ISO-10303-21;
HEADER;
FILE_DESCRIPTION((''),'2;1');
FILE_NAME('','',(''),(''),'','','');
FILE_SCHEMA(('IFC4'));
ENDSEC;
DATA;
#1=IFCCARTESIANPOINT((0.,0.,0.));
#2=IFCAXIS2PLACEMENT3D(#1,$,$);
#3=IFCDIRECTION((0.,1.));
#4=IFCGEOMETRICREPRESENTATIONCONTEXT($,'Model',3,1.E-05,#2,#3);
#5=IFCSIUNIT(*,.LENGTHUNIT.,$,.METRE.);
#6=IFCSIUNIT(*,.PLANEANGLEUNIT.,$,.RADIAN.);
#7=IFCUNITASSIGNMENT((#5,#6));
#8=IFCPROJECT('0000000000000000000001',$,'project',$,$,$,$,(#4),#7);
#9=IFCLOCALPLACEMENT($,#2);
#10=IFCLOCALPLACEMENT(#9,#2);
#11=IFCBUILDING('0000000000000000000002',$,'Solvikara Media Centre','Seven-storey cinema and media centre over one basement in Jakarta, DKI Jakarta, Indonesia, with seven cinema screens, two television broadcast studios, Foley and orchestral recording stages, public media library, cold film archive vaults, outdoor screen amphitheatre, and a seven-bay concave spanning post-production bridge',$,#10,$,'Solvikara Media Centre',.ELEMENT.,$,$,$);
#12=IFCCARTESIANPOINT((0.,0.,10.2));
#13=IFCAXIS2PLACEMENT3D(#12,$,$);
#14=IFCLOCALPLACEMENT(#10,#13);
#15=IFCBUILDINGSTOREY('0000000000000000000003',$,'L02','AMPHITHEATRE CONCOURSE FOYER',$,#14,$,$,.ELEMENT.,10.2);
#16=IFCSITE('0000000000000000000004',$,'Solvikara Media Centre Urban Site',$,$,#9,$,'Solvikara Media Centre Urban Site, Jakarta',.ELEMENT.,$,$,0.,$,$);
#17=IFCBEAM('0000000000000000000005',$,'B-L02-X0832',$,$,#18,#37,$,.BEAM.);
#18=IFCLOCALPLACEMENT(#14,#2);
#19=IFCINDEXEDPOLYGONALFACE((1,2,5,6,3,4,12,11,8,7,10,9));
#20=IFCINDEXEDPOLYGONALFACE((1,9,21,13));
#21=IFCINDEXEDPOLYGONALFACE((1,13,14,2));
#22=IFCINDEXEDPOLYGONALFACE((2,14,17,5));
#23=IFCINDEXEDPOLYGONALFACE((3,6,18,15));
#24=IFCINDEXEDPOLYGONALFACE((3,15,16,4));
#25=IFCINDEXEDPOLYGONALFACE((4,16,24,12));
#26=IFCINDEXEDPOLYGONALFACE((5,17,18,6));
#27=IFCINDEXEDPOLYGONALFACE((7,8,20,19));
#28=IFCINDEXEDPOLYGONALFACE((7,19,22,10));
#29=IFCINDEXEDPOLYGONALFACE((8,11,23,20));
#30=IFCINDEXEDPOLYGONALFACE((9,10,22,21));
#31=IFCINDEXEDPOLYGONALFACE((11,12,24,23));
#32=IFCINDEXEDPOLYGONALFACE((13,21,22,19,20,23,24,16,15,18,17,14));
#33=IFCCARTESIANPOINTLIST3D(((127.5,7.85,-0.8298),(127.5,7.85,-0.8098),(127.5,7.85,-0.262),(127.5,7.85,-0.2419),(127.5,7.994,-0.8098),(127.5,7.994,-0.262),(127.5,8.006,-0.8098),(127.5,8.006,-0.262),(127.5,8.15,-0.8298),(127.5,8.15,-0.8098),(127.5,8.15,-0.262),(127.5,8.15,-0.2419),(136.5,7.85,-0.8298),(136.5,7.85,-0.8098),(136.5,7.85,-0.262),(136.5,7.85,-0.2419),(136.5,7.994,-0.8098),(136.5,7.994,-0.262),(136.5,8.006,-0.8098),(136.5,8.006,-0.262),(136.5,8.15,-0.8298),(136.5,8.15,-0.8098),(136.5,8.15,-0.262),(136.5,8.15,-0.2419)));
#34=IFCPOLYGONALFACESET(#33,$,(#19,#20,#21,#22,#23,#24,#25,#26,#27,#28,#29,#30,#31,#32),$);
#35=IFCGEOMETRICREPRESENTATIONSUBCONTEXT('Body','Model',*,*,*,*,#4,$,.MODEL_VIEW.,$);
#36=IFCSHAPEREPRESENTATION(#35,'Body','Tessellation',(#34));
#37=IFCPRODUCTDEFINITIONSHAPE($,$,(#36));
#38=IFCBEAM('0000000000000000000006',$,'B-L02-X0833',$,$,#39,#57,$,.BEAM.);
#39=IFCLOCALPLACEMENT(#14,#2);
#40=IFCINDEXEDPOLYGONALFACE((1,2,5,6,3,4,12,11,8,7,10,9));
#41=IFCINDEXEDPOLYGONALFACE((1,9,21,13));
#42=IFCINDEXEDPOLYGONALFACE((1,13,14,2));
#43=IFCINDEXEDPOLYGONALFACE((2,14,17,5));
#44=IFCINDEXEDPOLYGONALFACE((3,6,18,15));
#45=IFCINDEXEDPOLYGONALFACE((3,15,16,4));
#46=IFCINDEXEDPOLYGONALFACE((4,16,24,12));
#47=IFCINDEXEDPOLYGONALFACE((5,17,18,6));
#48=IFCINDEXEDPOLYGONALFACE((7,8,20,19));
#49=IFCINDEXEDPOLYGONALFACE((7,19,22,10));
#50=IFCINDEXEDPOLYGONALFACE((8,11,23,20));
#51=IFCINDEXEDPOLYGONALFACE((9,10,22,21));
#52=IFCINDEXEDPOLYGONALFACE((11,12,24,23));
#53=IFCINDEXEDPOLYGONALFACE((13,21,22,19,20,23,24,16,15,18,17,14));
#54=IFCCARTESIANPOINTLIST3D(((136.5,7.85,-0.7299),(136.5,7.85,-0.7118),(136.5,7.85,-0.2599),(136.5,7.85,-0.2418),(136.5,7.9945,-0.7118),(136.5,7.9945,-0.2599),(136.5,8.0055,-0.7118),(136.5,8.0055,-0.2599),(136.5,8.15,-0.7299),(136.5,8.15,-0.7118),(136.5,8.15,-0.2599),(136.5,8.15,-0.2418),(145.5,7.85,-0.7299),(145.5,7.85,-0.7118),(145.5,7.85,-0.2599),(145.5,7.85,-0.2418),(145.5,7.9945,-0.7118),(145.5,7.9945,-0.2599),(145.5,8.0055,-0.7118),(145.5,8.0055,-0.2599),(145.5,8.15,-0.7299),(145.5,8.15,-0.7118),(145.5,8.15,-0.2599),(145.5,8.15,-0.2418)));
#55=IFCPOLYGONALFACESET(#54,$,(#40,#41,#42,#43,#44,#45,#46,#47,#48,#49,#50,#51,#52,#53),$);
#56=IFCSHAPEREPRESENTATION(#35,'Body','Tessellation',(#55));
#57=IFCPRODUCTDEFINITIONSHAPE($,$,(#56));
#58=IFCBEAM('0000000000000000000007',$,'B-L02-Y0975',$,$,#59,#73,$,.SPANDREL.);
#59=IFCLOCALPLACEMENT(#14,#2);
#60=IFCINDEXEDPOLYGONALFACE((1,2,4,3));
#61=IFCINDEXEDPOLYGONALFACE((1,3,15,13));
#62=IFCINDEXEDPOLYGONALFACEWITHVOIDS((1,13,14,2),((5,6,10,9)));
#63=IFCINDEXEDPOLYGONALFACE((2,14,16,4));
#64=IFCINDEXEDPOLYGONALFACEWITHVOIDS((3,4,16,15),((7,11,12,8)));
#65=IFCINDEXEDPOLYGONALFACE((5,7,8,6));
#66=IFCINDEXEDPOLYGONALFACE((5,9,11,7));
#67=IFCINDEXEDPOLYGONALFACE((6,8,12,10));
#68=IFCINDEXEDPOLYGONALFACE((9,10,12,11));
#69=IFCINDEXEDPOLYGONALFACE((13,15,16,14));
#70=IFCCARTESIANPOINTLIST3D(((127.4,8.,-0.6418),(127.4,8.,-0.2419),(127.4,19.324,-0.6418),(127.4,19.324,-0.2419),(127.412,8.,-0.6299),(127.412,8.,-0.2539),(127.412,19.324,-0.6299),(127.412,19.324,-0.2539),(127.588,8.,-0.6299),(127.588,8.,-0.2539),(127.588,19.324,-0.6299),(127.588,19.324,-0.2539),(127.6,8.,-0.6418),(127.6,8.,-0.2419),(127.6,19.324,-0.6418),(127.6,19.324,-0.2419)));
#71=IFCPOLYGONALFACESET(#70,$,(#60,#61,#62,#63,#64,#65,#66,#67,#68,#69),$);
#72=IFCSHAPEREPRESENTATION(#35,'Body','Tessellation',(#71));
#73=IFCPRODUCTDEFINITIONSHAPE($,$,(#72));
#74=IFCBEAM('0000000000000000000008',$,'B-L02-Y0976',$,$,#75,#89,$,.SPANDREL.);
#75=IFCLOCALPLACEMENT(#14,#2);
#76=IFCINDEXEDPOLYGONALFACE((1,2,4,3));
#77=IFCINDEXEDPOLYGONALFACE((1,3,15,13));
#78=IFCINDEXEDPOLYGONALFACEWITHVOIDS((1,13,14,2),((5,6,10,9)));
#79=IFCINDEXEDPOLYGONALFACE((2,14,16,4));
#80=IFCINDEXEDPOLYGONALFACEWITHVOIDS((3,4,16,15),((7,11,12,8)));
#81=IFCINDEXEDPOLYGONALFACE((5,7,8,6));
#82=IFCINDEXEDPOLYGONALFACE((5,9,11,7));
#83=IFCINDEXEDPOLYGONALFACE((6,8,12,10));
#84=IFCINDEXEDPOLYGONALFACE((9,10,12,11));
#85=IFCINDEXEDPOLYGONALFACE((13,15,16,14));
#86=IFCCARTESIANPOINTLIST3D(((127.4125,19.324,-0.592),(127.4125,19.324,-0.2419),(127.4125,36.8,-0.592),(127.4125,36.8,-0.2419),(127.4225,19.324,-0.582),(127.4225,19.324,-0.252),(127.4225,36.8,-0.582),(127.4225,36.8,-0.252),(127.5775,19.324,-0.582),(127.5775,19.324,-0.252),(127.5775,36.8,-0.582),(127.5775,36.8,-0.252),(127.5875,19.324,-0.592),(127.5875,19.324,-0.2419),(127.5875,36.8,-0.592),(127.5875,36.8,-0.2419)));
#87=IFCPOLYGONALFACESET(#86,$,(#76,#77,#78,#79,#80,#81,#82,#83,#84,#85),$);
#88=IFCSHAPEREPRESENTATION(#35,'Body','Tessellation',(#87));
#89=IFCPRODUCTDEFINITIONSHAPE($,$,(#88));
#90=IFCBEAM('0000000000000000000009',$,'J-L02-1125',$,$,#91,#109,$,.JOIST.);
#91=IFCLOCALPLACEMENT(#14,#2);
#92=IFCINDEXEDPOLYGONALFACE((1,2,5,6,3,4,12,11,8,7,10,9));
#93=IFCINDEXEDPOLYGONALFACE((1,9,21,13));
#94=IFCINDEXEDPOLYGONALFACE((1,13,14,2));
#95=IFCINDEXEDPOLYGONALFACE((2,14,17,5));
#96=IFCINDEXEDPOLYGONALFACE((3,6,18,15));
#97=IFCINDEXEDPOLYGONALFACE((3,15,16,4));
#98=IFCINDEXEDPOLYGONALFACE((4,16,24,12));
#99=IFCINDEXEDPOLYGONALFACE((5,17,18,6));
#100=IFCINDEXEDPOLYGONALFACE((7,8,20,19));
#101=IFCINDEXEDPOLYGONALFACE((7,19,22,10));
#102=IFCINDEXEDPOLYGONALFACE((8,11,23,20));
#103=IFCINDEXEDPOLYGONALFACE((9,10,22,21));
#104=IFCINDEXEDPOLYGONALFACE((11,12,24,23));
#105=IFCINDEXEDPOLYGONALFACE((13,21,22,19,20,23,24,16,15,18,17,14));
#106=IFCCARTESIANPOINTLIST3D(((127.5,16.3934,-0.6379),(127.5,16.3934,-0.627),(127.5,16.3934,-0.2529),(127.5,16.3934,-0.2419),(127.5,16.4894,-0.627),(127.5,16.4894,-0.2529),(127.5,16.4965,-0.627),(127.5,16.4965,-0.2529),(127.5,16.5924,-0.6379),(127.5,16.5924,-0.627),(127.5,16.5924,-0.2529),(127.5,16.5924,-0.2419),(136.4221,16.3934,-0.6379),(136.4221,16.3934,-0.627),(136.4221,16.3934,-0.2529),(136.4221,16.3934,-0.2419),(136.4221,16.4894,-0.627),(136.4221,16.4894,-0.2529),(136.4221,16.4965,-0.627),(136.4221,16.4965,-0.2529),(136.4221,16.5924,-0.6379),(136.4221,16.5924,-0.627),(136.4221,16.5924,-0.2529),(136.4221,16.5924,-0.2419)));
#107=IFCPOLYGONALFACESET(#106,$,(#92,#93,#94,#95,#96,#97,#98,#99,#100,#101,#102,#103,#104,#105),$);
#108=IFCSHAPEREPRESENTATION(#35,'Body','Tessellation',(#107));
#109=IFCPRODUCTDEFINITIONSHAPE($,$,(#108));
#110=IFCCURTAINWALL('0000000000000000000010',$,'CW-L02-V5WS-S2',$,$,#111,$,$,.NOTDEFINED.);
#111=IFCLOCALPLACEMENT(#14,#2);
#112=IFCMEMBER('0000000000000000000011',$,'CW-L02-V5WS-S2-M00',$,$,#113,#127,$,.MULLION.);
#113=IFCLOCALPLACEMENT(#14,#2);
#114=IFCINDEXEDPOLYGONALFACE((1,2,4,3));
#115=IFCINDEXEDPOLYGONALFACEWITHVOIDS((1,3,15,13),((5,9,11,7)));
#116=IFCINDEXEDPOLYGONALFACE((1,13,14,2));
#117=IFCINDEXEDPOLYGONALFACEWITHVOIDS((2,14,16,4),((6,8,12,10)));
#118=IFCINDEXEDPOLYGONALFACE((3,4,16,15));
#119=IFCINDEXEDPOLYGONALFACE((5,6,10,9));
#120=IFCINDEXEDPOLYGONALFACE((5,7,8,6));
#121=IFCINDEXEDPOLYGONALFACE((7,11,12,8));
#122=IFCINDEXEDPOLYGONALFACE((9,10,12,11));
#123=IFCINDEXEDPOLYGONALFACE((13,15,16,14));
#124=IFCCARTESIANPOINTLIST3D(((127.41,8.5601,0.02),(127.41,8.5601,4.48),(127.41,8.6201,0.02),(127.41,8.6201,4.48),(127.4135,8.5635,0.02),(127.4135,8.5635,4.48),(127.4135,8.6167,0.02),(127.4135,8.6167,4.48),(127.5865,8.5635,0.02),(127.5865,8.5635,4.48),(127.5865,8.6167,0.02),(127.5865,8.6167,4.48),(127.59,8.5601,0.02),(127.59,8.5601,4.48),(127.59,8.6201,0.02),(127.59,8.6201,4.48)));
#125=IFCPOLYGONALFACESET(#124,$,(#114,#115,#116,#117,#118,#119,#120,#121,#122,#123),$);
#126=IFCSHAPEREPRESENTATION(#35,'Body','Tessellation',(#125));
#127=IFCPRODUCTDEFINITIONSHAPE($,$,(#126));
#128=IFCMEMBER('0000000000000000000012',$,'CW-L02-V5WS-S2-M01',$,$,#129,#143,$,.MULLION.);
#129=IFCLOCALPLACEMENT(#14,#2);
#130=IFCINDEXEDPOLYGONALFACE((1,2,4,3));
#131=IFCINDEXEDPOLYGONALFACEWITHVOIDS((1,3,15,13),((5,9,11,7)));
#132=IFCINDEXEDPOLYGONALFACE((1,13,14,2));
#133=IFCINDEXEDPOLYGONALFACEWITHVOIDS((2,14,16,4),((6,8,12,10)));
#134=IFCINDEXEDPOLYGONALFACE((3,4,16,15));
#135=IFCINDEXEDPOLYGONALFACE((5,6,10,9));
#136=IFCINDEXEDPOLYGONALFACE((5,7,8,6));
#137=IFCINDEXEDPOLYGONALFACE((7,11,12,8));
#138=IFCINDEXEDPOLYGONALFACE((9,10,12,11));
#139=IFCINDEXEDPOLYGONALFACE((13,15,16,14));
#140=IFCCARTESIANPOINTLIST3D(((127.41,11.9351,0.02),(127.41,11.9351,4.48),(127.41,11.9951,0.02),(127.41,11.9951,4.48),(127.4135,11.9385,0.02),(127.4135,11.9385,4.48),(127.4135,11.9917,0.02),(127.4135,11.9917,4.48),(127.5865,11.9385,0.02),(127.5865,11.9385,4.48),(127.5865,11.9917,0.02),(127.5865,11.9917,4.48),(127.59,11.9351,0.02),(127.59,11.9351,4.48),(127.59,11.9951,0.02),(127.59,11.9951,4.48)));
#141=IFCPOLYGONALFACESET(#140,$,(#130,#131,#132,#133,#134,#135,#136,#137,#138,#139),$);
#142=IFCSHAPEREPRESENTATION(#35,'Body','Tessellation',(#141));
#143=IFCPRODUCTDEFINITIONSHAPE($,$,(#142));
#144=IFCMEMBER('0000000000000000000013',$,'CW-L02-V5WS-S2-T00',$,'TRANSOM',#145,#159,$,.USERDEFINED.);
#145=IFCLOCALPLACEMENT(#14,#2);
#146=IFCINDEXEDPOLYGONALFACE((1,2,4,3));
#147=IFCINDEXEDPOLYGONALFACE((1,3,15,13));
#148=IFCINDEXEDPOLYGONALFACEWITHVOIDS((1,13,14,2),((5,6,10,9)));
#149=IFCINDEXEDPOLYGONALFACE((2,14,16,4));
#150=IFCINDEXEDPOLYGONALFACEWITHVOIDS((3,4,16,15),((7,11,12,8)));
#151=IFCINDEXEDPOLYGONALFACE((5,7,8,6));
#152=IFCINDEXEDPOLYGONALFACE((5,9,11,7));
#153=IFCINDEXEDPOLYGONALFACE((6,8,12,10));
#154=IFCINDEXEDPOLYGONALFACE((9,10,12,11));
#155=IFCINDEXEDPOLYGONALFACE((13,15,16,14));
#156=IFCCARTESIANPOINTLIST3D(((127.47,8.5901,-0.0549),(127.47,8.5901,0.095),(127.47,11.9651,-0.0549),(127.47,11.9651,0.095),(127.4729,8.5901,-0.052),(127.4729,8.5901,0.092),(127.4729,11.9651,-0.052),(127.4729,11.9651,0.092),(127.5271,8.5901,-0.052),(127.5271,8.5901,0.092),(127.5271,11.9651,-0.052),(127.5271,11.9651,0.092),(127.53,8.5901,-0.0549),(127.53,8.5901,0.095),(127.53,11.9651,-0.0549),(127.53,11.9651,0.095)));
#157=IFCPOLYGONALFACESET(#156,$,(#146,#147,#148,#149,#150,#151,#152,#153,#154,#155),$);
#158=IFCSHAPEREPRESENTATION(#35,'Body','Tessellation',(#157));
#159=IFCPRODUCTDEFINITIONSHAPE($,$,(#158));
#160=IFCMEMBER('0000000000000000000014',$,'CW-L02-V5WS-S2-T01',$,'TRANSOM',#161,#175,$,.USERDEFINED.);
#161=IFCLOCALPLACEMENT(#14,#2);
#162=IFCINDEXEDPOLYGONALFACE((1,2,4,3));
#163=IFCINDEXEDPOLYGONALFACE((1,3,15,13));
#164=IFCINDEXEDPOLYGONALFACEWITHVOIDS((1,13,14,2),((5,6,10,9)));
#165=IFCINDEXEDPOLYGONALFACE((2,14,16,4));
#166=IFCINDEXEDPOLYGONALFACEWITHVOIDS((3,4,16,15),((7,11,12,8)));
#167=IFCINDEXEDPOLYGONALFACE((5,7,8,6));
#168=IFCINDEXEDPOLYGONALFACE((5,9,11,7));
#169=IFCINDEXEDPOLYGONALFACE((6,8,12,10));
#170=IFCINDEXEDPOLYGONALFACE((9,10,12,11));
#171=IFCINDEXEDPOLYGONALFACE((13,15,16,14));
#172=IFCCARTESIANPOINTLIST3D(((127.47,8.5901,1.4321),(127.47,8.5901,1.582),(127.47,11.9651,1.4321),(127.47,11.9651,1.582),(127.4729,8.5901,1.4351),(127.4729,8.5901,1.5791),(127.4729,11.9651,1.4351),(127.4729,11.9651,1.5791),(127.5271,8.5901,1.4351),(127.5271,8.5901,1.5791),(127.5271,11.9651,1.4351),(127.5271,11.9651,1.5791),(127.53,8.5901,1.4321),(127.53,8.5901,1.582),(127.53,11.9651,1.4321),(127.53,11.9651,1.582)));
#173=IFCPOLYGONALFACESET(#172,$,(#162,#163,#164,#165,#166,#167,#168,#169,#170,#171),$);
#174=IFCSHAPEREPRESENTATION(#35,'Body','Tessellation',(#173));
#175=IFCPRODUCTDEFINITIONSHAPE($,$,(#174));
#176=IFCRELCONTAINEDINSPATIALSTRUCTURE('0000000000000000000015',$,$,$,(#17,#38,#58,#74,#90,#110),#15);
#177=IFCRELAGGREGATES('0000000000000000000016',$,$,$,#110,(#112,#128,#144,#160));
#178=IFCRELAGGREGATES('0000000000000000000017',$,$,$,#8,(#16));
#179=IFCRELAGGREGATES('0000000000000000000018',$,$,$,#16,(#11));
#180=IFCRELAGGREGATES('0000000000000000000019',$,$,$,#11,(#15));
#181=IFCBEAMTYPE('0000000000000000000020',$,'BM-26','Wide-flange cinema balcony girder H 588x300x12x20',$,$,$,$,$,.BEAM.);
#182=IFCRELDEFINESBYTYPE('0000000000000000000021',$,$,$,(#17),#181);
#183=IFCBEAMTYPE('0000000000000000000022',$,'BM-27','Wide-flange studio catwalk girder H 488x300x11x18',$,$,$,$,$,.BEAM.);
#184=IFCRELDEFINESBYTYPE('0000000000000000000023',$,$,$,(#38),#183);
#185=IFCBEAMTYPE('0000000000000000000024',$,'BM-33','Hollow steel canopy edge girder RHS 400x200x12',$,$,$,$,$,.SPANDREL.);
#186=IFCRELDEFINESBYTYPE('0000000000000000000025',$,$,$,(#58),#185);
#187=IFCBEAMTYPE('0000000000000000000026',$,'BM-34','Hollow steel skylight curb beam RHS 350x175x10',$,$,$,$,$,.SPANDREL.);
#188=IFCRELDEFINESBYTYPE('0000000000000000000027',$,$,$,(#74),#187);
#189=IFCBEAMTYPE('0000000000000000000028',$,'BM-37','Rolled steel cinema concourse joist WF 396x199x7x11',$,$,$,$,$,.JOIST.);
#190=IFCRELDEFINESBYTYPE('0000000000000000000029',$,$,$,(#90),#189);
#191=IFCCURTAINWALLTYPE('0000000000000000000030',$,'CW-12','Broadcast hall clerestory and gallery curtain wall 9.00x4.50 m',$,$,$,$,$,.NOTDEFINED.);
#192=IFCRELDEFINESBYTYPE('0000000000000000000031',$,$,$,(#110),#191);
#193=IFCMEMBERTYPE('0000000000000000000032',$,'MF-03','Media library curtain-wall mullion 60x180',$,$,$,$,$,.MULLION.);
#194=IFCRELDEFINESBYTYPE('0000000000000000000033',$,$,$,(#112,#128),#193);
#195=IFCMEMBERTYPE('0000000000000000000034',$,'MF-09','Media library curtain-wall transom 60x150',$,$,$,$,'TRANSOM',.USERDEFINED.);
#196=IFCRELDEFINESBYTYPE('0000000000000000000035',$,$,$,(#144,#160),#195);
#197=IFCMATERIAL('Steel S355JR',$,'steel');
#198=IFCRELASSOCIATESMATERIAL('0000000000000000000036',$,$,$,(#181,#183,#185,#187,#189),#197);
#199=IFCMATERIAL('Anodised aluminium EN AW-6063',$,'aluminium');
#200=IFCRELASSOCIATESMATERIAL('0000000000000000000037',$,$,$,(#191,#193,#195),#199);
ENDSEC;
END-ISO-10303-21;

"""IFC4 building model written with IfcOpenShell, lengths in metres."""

from ifc_helpers import new_model, si_unit, direction, frame, origin, origin_2d, place, context, subcontext, project, spatial, hollow_rectangle, i_section, extrude, material, material_profile, profile_set, type_object, element, aggregate, save


model = new_model("IFC4")

# Units and contexts
model_context = context("Model", 3, precision=1e-05, world=origin(), true_north=direction((0.0, 1.0)))
body_context = subcontext(model_context, "Body", "Model", "MODEL_VIEW")
ifc_project = project(units=[si_unit("LENGTHUNIT", "METRE"), si_unit("PLANEANGLEUNIT", "RADIAN")], contexts=[model_context])

# Site, building, storey
site_placement = place(None, origin())
site = spatial("IfcSite", under=ifc_project, at=site_placement, Name="Solvikara Media Centre Urban Site", LongName="Solvikara Media Centre Urban Site, Jakarta", CompositionType="ELEMENT", RefElevation=0.0)
building_placement = place(site_placement, origin())
building = spatial("IfcBuilding", under=site, at=building_placement, Name="Solvikara Media Centre", Description="Seven-storey cinema and media centre over one basement in Jakarta, DKI Jakarta, Indonesia, with seven cinema screens, two television broadcast studios, Foley and orchestral recording stages, public media library, cold film archive vaults, outdoor screen amphitheatre, and a seven-bay concave spanning post-production bridge", LongName="Solvikara Media Centre", CompositionType="ELEMENT")
storey_placement = place(building_placement, frame((0.0, 0.0, 10.2)))
storey = spatial("IfcBuildingStorey", under=building, at=storey_placement, Name="L02", Description="AMPHITHEATRE CONCOURSE FOYER", CompositionType="ELEMENT", Elevation=10.2)

# Shared definitions
ifc_material_1 = material(Name="Steel S355JR", Category="steel")

# Beams
ifc_material_profile_1 = material_profile(ifc_material_1, i_section(OverallWidth=0.3, OverallDepth=0.5879, WebThickness=0.012, FlangeThickness=0.02, at=origin_2d()), Name="H 588x300x12x20")
ifc_profile_set_1 = profile_set([ifc_material_profile_1], Name="Steel S355JR")
beam_type_1 = type_object("IfcBeamType", Name="BM-26", Description="Wide-flange cinema balcony girder H 588x300x12x20", PredefinedType="BEAM", material=ifc_profile_set_1)
beam_1_placement = place(storey_placement, frame((127.5, 8.0, -0.5359), z_axis=(1.0, 0.0, 0.0), x_axis=(0.0, 1.0, 0.0)))
element("IfcBeam", 1, at=beam_1_placement, inside=storey, type_object=beam_type_1, Name="B-L02-X0832", PredefinedType="BEAM", context=body_context, shape_type="SweptSolid", body=[
    extrude(i_section(OverallWidth=0.3, OverallDepth=0.5879, WebThickness=0.012, FlangeThickness=0.02, at=origin_2d()), origin(), (0.0, 0.0, 1.0), 9.0),
])
ifc_material_profile_2 = material_profile(ifc_material_1, i_section(OverallWidth=0.3, OverallDepth=0.488, WebThickness=0.011, FlangeThickness=0.0181, at=origin_2d()), Name="H 488x300x11x18")
ifc_profile_set_2 = profile_set([ifc_material_profile_2], Name="Steel S355JR")
beam_type_2 = type_object("IfcBeamType", Name="BM-27", Description="Wide-flange studio catwalk girder H 488x300x11x18", PredefinedType="BEAM", material=ifc_profile_set_2)
beam_2_placement = place(storey_placement, frame((136.5, 8.0, -0.4858), z_axis=(1.0, 0.0, 0.0), x_axis=(0.0, 1.0, 0.0)))
element("IfcBeam", 2, at=beam_2_placement, inside=storey, type_object=beam_type_2, Name="B-L02-X0833", PredefinedType="BEAM", context=body_context, shape_type="SweptSolid", body=[
    extrude(i_section(OverallWidth=0.3, OverallDepth=0.488, WebThickness=0.011, FlangeThickness=0.0181, at=origin_2d()), origin(), (0.0, 0.0, 1.0), 9.0),
])
ifc_material_profile_3 = material_profile(ifc_material_1, hollow_rectangle(XDim=0.2, YDim=0.3999, WallThickness=0.012, at=origin_2d()), Name="RHS 400x200x12")
ifc_profile_set_3 = profile_set([ifc_material_profile_3], Name="Steel S355JR")
beam_type_3 = type_object("IfcBeamType", Name="BM-33", Description="Hollow steel canopy edge girder RHS 400x200x12", PredefinedType="SPANDREL", material=ifc_profile_set_3)
beam_3_placement = place(storey_placement, frame((127.5, 8.0, -0.4419), z_axis=(0.0, 1.0, 0.0), x_axis=(-1.0, 0.0, 0.0)))
element("IfcBeam", 3, at=beam_3_placement, inside=storey, type_object=beam_type_3, Name="B-L02-Y0975", PredefinedType="SPANDREL", context=body_context, shape_type="SweptSolid", body=[
    extrude(hollow_rectangle(XDim=0.2, YDim=0.3999, WallThickness=0.012, at=origin_2d()), origin(), (0.0, 0.0, 1.0), 11.324),
])
ifc_material_profile_4 = material_profile(ifc_material_1, hollow_rectangle(XDim=0.175, YDim=0.3501, WallThickness=0.01, at=origin_2d()), Name="RHS 350x175x10")
ifc_profile_set_4 = profile_set([ifc_material_profile_4], Name="Steel S355JR")
beam_type_4 = type_object("IfcBeamType", Name="BM-34", Description="Hollow steel skylight curb beam RHS 350x175x10", PredefinedType="SPANDREL", material=ifc_profile_set_4)
beam_4_placement = place(storey_placement, frame((127.5, 19.324, -0.417), z_axis=(0.0, 1.0, 0.0), x_axis=(-1.0, 0.0, 0.0)))
element("IfcBeam", 4, at=beam_4_placement, inside=storey, type_object=beam_type_4, Name="B-L02-Y0976", PredefinedType="SPANDREL", context=body_context, shape_type="SweptSolid", body=[
    extrude(hollow_rectangle(XDim=0.175, YDim=0.3501, WallThickness=0.01, at=origin_2d()), origin(), (0.0, 0.0, 1.0), 17.4761),
])
ifc_material_profile_5 = material_profile(ifc_material_1, i_section(OverallWidth=0.199, OverallDepth=0.396, WebThickness=0.0071, FlangeThickness=0.011, at=origin_2d()), Name="WF 396x199x7x11")
ifc_profile_set_5 = profile_set([ifc_material_profile_5], Name="Steel S355JR")
beam_type_5 = type_object("IfcBeamType", Name="BM-37", Description="Rolled steel cinema concourse joist WF 396x199x7x11", PredefinedType="JOIST", material=ifc_profile_set_5)
beam_5_placement = place(storey_placement, frame((127.5, 16.4929, -0.4399), z_axis=(1.0, 0.0, 0.0), x_axis=(0.0, 1.0, 0.0)))
element("IfcBeam", 5, at=beam_5_placement, inside=storey, type_object=beam_type_5, Name="J-L02-1125", PredefinedType="JOIST", context=body_context, shape_type="SweptSolid", body=[
    extrude(i_section(OverallWidth=0.199, OverallDepth=0.396, WebThickness=0.0071, FlangeThickness=0.011, at=origin_2d()), origin(), (0.0, 0.0, 1.0), 8.9221),
])

# Curtain wall, members
ifc_material_2 = material(Name="Anodised aluminium EN AW-6063", Category="aluminium")
curtain_wall_type = type_object("IfcCurtainWallType", Name="CW-12", Description="Broadcast hall clerestory and gallery curtain wall 9.00x4.50 m", PredefinedType="NOTDEFINED", material=ifc_material_2)
curtain_wall_placement = place(storey_placement, origin())
curtain_wall = element("IfcCurtainWall", 6, at=curtain_wall_placement, inside=storey, type_object=curtain_wall_type, Name="CW-L02-V5WS-S2", PredefinedType="NOTDEFINED")
ifc_material_profile_6 = material_profile(ifc_material_2, hollow_rectangle(XDim=0.0601, YDim=0.1799, WallThickness=0.0034, at=origin_2d()), Name="ALU-M 60x180x3.5")
ifc_profile_set_6 = profile_set([ifc_material_profile_6], Name="Anodised aluminium EN AW-6063")
member_type_1 = type_object("IfcMemberType", Name="MF-03", Description="Media library curtain-wall mullion 60x180", PredefinedType="MULLION", material=ifc_profile_set_6)
member_1_placement = place(storey_placement, frame((127.5, 8.5901, 0.02), z_axis=(0.0, 0.0, 1.0), x_axis=(0.0, 1.0, 0.0)))
member_1 = element("IfcMember", 7, at=member_1_placement, type_object=member_type_1, Name="CW-L02-V5WS-S2-M00", PredefinedType="MULLION", context=body_context, shape_type="SweptSolid", body=[
    extrude(hollow_rectangle(XDim=0.0601, YDim=0.1799, WallThickness=0.0034, at=origin_2d()), origin(), (0.0, 0.0, 1.0), 4.46),
])
member_2_placement = place(storey_placement, frame((127.5, 11.9651, 0.02), z_axis=(0.0, 0.0, 1.0), x_axis=(0.0, 1.0, 0.0)))
member_2 = element("IfcMember", 8, at=member_2_placement, type_object=member_type_1, Name="CW-L02-V5WS-S2-M01", PredefinedType="MULLION", context=body_context, shape_type="SweptSolid", body=[
    extrude(hollow_rectangle(XDim=0.0601, YDim=0.1799, WallThickness=0.0034, at=origin_2d()), origin(), (0.0, 0.0, 1.0), 4.46),
])
ifc_material_profile_7 = material_profile(ifc_material_2, hollow_rectangle(XDim=0.0601, YDim=0.1499, WallThickness=0.0029, at=origin_2d()), Name="ALU-T 60x150x3")
ifc_profile_set_7 = profile_set([ifc_material_profile_7], Name="Anodised aluminium EN AW-6063")
member_type_2 = type_object("IfcMemberType", Name="MF-09", Description="Media library curtain-wall transom 60x150", ElementType="TRANSOM", PredefinedType="USERDEFINED", material=ifc_profile_set_7)
member_3_placement = place(storey_placement, frame((127.5, 8.5901, 0.02), z_axis=(0.0, 1.0, 0.0), x_axis=(-1.0, 0.0, 0.0)))
member_3 = element("IfcMember", 9, at=member_3_placement, type_object=member_type_2, Name="CW-L02-V5WS-S2-T00", ObjectType="TRANSOM", PredefinedType="USERDEFINED", context=body_context, shape_type="SweptSolid", body=[
    extrude(hollow_rectangle(XDim=0.0601, YDim=0.1499, WallThickness=0.0029, at=origin_2d()), origin(), (0.0, 0.0, 1.0), 3.375),
])
member_4_placement = place(storey_placement, frame((127.5, 8.5901, 1.5071), z_axis=(0.0, 1.0, 0.0), x_axis=(-1.0, 0.0, 0.0)))
member_4 = element("IfcMember", 10, at=member_4_placement, type_object=member_type_2, Name="CW-L02-V5WS-S2-T01", ObjectType="TRANSOM", PredefinedType="USERDEFINED", context=body_context, shape_type="SweptSolid", body=[
    extrude(hollow_rectangle(XDim=0.0601, YDim=0.1499, WallThickness=0.0029, at=origin_2d()), origin(), (0.0, 0.0, 1.0), 3.375),
])

aggregate(curtain_wall, [member_1, member_2, member_3, member_4])

save(model, "model.ifc")
